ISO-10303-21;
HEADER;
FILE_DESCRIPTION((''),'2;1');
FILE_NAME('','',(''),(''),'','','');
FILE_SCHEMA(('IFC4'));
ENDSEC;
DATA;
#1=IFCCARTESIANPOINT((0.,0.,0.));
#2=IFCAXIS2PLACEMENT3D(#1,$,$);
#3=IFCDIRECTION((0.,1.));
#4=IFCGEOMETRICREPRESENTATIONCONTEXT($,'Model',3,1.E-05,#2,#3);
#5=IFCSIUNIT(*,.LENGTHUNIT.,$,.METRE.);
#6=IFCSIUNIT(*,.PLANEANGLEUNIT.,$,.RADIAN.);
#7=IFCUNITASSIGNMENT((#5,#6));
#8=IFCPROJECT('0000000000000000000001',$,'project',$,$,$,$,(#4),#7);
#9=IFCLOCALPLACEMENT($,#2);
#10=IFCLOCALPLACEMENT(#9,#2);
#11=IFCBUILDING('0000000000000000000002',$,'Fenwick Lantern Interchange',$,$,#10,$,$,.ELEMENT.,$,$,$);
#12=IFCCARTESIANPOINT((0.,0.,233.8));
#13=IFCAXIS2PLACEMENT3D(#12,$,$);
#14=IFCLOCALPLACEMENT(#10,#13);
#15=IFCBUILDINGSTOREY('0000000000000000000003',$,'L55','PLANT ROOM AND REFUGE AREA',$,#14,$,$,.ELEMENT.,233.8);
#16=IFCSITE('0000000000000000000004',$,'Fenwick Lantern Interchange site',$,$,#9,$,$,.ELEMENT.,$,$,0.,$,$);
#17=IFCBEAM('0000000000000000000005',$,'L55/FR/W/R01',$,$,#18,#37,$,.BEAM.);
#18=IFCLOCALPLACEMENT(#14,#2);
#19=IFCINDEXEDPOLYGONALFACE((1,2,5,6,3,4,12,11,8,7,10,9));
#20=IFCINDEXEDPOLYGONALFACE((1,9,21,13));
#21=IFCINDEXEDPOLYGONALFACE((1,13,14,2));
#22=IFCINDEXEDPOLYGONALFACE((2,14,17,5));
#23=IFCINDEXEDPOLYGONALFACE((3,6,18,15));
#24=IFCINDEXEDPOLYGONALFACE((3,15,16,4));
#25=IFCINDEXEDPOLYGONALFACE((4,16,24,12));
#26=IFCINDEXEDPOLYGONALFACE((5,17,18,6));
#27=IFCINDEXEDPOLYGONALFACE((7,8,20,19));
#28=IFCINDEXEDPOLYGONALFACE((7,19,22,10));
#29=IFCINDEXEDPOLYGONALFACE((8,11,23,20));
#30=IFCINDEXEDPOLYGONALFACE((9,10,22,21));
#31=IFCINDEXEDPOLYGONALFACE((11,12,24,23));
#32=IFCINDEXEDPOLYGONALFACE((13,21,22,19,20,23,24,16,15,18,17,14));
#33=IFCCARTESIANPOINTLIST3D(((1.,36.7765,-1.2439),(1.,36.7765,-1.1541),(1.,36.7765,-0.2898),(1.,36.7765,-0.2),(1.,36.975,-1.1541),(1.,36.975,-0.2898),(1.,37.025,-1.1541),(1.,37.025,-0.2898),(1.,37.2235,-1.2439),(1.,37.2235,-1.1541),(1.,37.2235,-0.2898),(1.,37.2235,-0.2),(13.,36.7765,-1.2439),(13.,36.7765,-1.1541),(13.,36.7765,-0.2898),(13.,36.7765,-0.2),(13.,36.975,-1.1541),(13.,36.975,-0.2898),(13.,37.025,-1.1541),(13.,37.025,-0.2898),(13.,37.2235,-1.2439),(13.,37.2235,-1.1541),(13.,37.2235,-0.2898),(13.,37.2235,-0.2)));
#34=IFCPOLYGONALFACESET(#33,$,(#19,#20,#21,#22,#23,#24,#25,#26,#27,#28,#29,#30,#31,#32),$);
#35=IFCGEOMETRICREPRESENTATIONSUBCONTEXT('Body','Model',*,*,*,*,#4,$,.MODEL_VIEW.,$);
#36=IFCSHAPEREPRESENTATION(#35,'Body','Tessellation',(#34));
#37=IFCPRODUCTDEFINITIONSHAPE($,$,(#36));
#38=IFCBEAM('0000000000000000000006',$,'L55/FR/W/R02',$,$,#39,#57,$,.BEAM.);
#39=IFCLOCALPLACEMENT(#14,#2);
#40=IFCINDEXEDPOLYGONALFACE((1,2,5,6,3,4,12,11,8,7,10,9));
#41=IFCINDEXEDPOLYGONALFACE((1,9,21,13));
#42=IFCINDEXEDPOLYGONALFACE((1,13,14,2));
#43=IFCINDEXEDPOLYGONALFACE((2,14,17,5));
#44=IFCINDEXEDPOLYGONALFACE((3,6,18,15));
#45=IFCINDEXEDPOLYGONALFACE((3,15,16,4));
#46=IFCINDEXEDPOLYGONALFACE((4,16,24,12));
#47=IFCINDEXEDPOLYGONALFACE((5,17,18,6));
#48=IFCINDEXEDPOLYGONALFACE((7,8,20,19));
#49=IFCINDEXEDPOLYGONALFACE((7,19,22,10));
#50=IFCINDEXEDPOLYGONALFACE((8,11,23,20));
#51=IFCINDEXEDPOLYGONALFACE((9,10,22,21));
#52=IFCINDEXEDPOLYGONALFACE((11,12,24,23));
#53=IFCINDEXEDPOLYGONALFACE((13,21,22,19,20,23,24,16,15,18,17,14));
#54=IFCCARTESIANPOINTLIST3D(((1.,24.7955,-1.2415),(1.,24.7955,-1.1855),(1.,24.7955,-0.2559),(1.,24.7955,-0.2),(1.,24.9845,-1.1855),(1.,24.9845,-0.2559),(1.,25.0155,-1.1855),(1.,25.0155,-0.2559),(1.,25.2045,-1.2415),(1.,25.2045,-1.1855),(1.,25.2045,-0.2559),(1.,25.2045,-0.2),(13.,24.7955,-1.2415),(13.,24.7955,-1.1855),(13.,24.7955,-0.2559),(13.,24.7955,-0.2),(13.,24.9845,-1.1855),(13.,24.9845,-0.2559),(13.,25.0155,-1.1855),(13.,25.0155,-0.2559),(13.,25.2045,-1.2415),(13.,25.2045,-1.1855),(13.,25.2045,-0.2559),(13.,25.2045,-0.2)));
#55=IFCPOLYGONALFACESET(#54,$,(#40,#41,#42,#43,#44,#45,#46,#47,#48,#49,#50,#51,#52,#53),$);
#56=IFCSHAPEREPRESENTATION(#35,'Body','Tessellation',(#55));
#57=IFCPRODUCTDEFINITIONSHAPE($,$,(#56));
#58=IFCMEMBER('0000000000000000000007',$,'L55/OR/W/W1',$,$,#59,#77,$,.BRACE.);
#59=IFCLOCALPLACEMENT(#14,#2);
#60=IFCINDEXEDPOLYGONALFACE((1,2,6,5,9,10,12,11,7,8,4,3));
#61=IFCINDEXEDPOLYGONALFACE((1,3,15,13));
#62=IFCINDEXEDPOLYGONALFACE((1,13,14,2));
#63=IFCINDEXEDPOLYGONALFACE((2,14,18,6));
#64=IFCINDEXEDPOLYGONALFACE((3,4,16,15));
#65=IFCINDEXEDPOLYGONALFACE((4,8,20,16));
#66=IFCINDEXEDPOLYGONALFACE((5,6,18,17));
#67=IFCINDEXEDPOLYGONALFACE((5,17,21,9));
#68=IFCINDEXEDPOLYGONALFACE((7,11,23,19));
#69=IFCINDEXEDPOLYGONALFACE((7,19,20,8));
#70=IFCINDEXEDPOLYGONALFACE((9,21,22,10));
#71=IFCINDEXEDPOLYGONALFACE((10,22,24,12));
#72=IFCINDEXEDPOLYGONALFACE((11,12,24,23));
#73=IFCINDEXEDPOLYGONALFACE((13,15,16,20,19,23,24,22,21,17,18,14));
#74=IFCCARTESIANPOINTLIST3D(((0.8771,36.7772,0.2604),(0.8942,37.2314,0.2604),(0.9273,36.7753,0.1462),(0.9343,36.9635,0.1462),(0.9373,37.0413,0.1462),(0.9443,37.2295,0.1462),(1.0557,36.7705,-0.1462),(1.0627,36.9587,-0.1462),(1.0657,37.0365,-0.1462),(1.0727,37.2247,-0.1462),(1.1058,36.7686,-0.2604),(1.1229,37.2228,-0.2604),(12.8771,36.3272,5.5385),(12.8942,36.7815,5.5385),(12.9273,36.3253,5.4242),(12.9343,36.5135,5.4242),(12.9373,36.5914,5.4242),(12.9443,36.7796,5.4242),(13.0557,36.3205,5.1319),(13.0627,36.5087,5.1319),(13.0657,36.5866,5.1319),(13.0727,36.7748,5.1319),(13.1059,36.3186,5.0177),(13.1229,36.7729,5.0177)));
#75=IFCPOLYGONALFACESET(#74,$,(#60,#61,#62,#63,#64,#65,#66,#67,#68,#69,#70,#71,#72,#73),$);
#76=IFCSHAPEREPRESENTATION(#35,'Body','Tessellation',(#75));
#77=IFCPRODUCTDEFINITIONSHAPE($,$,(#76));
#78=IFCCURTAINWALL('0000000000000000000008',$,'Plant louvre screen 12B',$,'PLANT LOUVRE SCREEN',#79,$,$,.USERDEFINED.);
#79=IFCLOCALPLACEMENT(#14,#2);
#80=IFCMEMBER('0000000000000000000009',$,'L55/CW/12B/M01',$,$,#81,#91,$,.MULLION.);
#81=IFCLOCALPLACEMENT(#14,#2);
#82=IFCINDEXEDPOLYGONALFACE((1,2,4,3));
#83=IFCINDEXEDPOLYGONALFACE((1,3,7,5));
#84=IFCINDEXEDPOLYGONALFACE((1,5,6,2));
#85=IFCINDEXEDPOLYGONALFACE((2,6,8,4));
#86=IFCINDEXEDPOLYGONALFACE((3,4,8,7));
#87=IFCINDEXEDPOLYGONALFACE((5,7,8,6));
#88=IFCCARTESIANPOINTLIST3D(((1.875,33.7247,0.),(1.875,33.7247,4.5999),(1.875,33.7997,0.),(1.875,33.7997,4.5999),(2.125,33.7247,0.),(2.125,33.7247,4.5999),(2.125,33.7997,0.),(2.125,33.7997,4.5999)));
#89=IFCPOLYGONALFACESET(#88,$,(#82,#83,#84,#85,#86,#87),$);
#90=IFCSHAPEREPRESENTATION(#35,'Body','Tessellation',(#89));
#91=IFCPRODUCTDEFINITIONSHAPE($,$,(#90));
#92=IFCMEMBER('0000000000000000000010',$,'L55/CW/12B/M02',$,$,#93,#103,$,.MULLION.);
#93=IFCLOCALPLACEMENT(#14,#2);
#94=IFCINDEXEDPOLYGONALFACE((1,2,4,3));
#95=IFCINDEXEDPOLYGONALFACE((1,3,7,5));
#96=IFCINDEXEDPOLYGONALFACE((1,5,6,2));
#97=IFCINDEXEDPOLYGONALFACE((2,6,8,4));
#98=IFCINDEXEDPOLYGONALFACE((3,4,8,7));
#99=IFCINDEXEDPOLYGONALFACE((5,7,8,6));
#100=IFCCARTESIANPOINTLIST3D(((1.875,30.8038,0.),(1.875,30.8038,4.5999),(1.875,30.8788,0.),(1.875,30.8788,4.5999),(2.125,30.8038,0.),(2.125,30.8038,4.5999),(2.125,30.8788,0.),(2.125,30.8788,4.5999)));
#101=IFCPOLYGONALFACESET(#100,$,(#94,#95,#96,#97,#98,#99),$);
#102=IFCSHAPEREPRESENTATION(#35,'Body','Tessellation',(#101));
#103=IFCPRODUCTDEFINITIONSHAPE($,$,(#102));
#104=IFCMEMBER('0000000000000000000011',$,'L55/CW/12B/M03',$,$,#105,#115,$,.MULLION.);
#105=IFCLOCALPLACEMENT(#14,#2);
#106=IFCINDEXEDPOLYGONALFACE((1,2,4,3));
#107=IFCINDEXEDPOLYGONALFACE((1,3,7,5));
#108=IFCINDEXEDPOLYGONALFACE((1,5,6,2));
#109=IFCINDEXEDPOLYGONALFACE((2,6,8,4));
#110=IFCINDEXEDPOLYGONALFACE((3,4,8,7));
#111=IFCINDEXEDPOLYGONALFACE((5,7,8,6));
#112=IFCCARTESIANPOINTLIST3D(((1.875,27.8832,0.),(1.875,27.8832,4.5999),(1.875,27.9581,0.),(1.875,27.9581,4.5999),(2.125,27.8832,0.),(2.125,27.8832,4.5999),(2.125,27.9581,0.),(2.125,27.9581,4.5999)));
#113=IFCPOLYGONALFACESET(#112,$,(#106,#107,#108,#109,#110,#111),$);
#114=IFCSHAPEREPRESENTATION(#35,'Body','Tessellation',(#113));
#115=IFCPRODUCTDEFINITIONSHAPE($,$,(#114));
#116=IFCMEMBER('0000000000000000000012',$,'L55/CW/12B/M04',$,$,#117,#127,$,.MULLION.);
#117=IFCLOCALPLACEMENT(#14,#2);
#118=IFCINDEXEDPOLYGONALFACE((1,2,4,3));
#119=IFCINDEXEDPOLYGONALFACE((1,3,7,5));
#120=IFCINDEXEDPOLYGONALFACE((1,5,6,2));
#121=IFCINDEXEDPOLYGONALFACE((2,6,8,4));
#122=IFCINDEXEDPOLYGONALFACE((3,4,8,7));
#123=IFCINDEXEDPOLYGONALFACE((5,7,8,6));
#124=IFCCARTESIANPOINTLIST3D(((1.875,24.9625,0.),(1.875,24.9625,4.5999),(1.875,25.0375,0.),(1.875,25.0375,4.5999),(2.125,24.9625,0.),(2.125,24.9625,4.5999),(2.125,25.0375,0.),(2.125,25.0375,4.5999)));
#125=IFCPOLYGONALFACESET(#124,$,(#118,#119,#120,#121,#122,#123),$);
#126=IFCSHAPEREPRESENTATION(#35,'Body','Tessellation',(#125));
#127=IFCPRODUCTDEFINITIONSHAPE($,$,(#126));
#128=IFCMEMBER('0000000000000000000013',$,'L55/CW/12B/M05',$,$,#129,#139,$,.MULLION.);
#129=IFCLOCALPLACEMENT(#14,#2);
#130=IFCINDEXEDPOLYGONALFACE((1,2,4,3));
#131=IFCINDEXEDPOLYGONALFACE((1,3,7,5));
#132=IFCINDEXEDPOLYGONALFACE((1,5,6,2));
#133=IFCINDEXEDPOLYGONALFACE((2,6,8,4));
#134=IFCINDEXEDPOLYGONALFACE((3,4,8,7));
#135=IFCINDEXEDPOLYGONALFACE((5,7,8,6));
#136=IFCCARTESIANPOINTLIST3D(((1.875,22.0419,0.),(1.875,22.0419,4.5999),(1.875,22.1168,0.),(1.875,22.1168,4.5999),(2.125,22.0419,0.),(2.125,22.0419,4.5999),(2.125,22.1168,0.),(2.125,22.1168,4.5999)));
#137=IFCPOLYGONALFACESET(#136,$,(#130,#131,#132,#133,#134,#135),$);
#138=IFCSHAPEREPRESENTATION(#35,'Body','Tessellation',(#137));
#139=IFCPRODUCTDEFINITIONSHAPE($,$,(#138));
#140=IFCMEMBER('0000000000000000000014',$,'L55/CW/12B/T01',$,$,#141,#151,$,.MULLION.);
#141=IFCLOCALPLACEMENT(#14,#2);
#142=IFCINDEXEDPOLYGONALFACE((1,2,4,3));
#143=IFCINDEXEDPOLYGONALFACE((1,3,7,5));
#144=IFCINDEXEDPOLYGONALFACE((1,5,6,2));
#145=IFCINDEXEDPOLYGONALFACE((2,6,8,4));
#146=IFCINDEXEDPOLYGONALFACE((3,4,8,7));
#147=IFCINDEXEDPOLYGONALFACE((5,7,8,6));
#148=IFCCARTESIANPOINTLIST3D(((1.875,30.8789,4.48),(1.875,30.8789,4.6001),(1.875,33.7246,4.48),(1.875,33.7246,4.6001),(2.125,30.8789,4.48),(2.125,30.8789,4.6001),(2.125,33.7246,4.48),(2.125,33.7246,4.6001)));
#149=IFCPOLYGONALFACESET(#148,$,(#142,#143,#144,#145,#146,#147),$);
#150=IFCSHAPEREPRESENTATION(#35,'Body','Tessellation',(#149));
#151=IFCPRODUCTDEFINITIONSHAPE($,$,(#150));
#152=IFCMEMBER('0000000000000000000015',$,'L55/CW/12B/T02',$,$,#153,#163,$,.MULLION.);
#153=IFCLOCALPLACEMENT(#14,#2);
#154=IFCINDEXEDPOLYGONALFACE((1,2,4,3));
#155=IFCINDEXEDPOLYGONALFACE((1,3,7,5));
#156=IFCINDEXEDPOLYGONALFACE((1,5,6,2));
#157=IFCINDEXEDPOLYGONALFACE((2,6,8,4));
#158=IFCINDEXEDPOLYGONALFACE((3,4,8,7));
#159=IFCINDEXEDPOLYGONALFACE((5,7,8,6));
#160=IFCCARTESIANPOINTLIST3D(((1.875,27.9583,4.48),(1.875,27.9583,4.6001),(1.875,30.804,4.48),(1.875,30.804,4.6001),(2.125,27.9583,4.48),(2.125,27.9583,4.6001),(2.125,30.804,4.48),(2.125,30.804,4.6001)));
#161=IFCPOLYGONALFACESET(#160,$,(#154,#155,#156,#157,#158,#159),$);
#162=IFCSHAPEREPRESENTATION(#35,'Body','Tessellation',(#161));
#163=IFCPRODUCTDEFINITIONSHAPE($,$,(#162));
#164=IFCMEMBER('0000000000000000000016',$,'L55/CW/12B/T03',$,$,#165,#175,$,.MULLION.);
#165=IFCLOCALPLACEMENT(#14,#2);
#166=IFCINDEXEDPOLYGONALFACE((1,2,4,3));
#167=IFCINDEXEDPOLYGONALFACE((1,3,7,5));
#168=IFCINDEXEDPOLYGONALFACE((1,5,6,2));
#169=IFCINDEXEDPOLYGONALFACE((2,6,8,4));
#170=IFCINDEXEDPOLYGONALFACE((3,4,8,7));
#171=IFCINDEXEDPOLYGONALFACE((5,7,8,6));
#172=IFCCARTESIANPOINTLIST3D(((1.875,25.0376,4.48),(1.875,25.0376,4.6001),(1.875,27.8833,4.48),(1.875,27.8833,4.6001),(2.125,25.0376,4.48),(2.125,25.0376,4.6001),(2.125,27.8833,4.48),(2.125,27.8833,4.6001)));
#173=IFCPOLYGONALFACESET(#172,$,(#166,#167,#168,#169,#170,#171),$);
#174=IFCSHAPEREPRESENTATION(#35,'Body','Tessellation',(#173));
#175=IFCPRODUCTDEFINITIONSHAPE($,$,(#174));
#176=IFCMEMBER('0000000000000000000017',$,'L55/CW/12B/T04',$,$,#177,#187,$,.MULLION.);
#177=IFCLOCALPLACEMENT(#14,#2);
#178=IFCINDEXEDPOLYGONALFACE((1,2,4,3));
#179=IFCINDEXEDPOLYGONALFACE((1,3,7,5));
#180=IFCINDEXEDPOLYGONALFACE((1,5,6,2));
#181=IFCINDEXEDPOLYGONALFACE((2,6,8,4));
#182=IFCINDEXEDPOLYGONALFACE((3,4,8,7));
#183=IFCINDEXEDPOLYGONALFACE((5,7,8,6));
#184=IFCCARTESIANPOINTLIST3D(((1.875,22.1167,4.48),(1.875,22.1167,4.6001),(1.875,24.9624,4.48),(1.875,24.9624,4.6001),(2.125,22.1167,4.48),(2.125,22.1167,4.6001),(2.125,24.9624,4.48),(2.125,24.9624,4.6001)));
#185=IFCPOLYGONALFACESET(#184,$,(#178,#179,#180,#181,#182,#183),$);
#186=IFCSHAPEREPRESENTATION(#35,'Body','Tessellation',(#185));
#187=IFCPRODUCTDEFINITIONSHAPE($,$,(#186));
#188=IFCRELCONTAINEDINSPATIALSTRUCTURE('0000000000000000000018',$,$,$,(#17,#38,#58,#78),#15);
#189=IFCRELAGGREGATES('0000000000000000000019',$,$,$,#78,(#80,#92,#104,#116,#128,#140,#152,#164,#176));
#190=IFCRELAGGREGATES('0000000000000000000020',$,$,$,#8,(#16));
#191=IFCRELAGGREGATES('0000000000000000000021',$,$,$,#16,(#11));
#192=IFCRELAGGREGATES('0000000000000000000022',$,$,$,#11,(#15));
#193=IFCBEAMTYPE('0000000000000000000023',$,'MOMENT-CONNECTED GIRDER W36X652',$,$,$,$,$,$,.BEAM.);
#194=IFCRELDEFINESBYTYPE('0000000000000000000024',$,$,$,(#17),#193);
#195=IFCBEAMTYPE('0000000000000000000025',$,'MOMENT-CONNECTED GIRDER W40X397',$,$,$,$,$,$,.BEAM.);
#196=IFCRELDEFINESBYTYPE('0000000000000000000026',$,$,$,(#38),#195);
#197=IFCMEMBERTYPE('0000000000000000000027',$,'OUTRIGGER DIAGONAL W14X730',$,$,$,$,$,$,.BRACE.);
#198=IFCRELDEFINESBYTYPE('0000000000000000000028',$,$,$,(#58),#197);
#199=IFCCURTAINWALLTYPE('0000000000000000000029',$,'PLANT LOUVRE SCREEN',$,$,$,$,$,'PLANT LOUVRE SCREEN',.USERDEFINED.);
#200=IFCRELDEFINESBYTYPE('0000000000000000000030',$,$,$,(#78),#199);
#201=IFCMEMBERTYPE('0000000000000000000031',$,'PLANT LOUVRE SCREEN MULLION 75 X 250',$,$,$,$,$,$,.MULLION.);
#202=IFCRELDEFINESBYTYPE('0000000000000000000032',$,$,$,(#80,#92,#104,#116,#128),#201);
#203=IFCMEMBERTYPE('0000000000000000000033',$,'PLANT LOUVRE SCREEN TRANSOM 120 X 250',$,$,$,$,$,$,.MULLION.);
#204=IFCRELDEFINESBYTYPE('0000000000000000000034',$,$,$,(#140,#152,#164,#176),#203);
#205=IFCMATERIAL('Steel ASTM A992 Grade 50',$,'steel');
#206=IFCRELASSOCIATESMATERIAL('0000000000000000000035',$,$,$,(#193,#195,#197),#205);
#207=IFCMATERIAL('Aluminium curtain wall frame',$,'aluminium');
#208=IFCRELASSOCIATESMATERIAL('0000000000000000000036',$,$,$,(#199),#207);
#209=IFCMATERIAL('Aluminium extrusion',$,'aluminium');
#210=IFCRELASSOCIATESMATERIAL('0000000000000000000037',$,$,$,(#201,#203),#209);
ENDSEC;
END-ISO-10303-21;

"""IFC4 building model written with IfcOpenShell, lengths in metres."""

from ifc_helpers import new_model, si_unit, direction, frame, origin, origin_2d, place, context, subcontext, project, spatial, rectangle, i_section, extrude, material, material_profile, profile_set, type_object, element, aggregate, save


model = new_model("IFC4")

# Units and contexts
model_context = context("Model", 3, precision=1e-05, world=origin(), true_north=direction((0.0, 1.0)))
body_context = subcontext(model_context, "Body", "Model", "MODEL_VIEW")
ifc_project = project(units=[si_unit("LENGTHUNIT", "METRE"), si_unit("PLANEANGLEUNIT", "RADIAN")], contexts=[model_context])

# Site, building, storey
site_placement = place(None, origin())
site = spatial("IfcSite", under=ifc_project, at=site_placement, Name="Fenwick Lantern Interchange site", CompositionType="ELEMENT", RefElevation=0.0)
building_placement = place(site_placement, origin())
building = spatial("IfcBuilding", under=site, at=building_placement, Name="Fenwick Lantern Interchange", CompositionType="ELEMENT")
storey_placement = place(building_placement, frame((0.0, 0.0, 233.8)))
storey = spatial("IfcBuildingStorey", under=building, at=storey_placement, Name="L55", Description="PLANT ROOM AND REFUGE AREA", CompositionType="ELEMENT", Elevation=233.8)

# Shared definitions
ifc_material_1 = material(Name="Steel ASTM A992 Grade 50", Category="steel")

# Beams
ifc_material_profile_1 = material_profile(ifc_material_1, i_section(OverallWidth=0.447, OverallDepth=1.0439, WebThickness=0.05, FlangeThickness=0.0898, at=origin_2d()), Name="W36X652")
ifc_profile_set_1 = profile_set([ifc_material_profile_1], Name="Steel ASTM A992 Grade 50")
beam_type_1 = type_object("IfcBeamType", Name="MOMENT-CONNECTED GIRDER W36X652", PredefinedType="BEAM", material=ifc_profile_set_1)
beam_1_placement = place(storey_placement, frame((1.0, 37.0, -0.7219), z_axis=(1.0, 0.0, 0.0), x_axis=(0.0, 1.0, 0.0)))
element("IfcBeam", 1, at=beam_1_placement, inside=storey, type_object=beam_type_1, Name="L55/FR/W/R01", PredefinedType="BEAM", context=body_context, shape_type="SweptSolid", body=[
    extrude(i_section(OverallWidth=0.447, OverallDepth=1.0439, WebThickness=0.05, FlangeThickness=0.0898, at=origin_2d()), origin(), (0.0, 0.0, 1.0), 12.0),
])
ifc_material_profile_2 = material_profile(ifc_material_1, i_section(OverallWidth=0.4089, OverallDepth=1.0415, WebThickness=0.031, FlangeThickness=0.0559, at=origin_2d()), Name="W40X397")
ifc_profile_set_2 = profile_set([ifc_material_profile_2], Name="Steel ASTM A992 Grade 50")
beam_type_2 = type_object("IfcBeamType", Name="MOMENT-CONNECTED GIRDER W40X397", PredefinedType="BEAM", material=ifc_profile_set_2)
beam_2_placement = place(storey_placement, frame((1.0, 25.0, -0.7207), z_axis=(1.0, 0.0, 0.0), x_axis=(0.0, 1.0, 0.0)))
element("IfcBeam", 2, at=beam_2_placement, inside=storey, type_object=beam_type_2, Name="L55/FR/W/R02", PredefinedType="BEAM", context=body_context, shape_type="SweptSolid", body=[
    extrude(i_section(OverallWidth=0.4089, OverallDepth=1.0415, WebThickness=0.031, FlangeThickness=0.0559, at=origin_2d()), origin(), (0.0, 0.0, 1.0), 12.0),
])

# Member
ifc_material_profile_3 = material_profile(ifc_material_1, i_section(OverallWidth=0.4546, OverallDepth=0.5688, WebThickness=0.0779, FlangeThickness=0.1248, at=origin_2d()), Name="W14X730")
ifc_profile_set_3 = profile_set([ifc_material_profile_3], Name="Steel ASTM A992 Grade 50")
member_type_1 = type_object("IfcMemberType", Name="OUTRIGGER DIAGONAL W14X730", PredefinedType="BRACE", material=ifc_profile_set_3)
member_1_placement = place(storey_placement, frame((1.0, 37.0, 0.0), z_axis=(0.91483, -0.034302, 0.402379), x_axis=(0.03747, 0.999298, 0.0)))
element("IfcMember", 3, at=member_1_placement, inside=storey, type_object=member_type_1, Name="L55/OR/W/W1", PredefinedType="BRACE", context=body_context, shape_type="SweptSolid", body=[
    extrude(i_section(OverallWidth=0.4546, OverallDepth=0.5688, WebThickness=0.0779, FlangeThickness=0.1248, at=origin_2d()), origin(), (0.0, 0.0, 1.0), 13.1172),
])

# Curtain wall, members
ifc_material_2 = material(Name="Aluminium curtain wall frame", Category="aluminium")
curtain_wall_type = type_object("IfcCurtainWallType", Name="PLANT LOUVRE SCREEN", ElementType="PLANT LOUVRE SCREEN", PredefinedType="USERDEFINED", material=ifc_material_2)
curtain_wall_placement = place(storey_placement, origin())
curtain_wall = element("IfcCurtainWall", 4, at=curtain_wall_placement, inside=storey, type_object=curtain_wall_type, Name="Plant louvre screen 12B", ObjectType="PLANT LOUVRE SCREEN", PredefinedType="USERDEFINED")
ifc_material_3 = material(Name="Aluminium extrusion", Category="aluminium")
ifc_material_profile_4 = material_profile(ifc_material_3, rectangle(XDim=0.25, YDim=0.075, at=origin_2d()), Name="PLANT LOUVRE SCREEN MULLION 75 X 250")
ifc_profile_set_4 = profile_set([ifc_material_profile_4], Name="Aluminium extrusion")
member_type_2 = type_object("IfcMemberType", Name="PLANT LOUVRE SCREEN MULLION 75 X 250", PredefinedType="MULLION", material=ifc_profile_set_4)
member_2_placement = place(storey_placement, frame((2.0, 33.7622, 0.0), z_axis=(0.0, 0.0, 1.0), x_axis=(1.0, 0.0, 0.0)))
member_2 = element("IfcMember", 5, at=member_2_placement, type_object=member_type_2, Name="L55/CW/12B/M01", PredefinedType="MULLION", context=body_context, shape_type="SweptSolid", body=[
    extrude(rectangle(XDim=0.25, YDim=0.075, at=origin_2d()), origin(), (0.0, 0.0, 1.0), 4.5999),
])
member_3_placement = place(storey_placement, frame((2.0, 30.8413, 0.0), z_axis=(0.0, 0.0, 1.0), x_axis=(1.0, 0.0, 0.0)))
member_3 = element("IfcMember", 6, at=member_3_placement, type_object=member_type_2, Name="L55/CW/12B/M02", PredefinedType="MULLION", context=body_context, shape_type="SweptSolid", body=[
    extrude(rectangle(XDim=0.25, YDim=0.075, at=origin_2d()), origin(), (0.0, 0.0, 1.0), 4.5999),
])
member_4_placement = place(storey_placement, frame((2.0, 27.9207, 0.0), z_axis=(0.0, 0.0, 1.0), x_axis=(1.0, 0.0, 0.0)))
member_4 = element("IfcMember", 7, at=member_4_placement, type_object=member_type_2, Name="L55/CW/12B/M03", PredefinedType="MULLION", context=body_context, shape_type="SweptSolid", body=[
    extrude(rectangle(XDim=0.25, YDim=0.075, at=origin_2d()), origin(), (0.0, 0.0, 1.0), 4.5999),
])
member_5_placement = place(storey_placement, frame((2.0, 25.0, 0.0), z_axis=(0.0, 0.0, 1.0), x_axis=(1.0, 0.0, 0.0)))
member_5 = element("IfcMember", 8, at=member_5_placement, type_object=member_type_2, Name="L55/CW/12B/M04", PredefinedType="MULLION", context=body_context, shape_type="SweptSolid", body=[
    extrude(rectangle(XDim=0.25, YDim=0.075, at=origin_2d()), origin(), (0.0, 0.0, 1.0), 4.5999),
])
member_6_placement = place(storey_placement, frame((2.0, 22.0793, 0.0), z_axis=(0.0, 0.0, 1.0), x_axis=(1.0, 0.0, 0.0)))
member_6 = element("IfcMember", 9, at=member_6_placement, type_object=member_type_2, Name="L55/CW/12B/M05", PredefinedType="MULLION", context=body_context, shape_type="SweptSolid", body=[
    extrude(rectangle(XDim=0.25, YDim=0.075, at=origin_2d()), origin(), (0.0, 0.0, 1.0), 4.5999),
])
ifc_material_profile_5 = material_profile(ifc_material_3, rectangle(XDim=0.25, YDim=0.1201, at=origin_2d()), Name="PLANT LOUVRE SCREEN TRANSOM 120 X 250")
ifc_profile_set_5 = profile_set([ifc_material_profile_5], Name="Aluminium extrusion")
member_type_3 = type_object("IfcMemberType", Name="PLANT LOUVRE SCREEN TRANSOM 120 X 250", PredefinedType="MULLION", material=ifc_profile_set_5)
member_7_placement = place(storey_placement, frame((2.0, 33.7246, 4.54), z_axis=(0.0, -1.0, 0.0), x_axis=(1.0, 0.0, 0.0)))
member_7 = element("IfcMember", 10, at=member_7_placement, type_object=member_type_3, Name="L55/CW/12B/T01", PredefinedType="MULLION", context=body_context, shape_type="SweptSolid", body=[
    extrude(rectangle(XDim=0.25, YDim=0.1201, at=origin_2d()), origin(), (0.0, 0.0, 1.0), 2.8457),
])
member_8_placement = place(storey_placement, frame((2.0, 30.804, 4.54), z_axis=(0.0, -1.0, 0.0), x_axis=(1.0, 0.0, 0.0)))
member_8 = element("IfcMember", 11, at=member_8_placement, type_object=member_type_3, Name="L55/CW/12B/T02", PredefinedType="MULLION", context=body_context, shape_type="SweptSolid", body=[
    extrude(rectangle(XDim=0.25, YDim=0.1201, at=origin_2d()), origin(), (0.0, 0.0, 1.0), 2.8457),
])
member_9_placement = place(storey_placement, frame((2.0, 27.8833, 4.54), z_axis=(0.0, -1.0, 0.0), x_axis=(1.0, 0.0, 0.0)))
member_9 = element("IfcMember", 12, at=member_9_placement, type_object=member_type_3, Name="L55/CW/12B/T03", PredefinedType="MULLION", context=body_context, shape_type="SweptSolid", body=[
    extrude(rectangle(XDim=0.25, YDim=0.1201, at=origin_2d()), origin(), (0.0, 0.0, 1.0), 2.8457),
])
member_10_placement = place(storey_placement, frame((2.0, 24.9624, 4.54), z_axis=(0.0, -1.0, 0.0), x_axis=(1.0, 0.0, 0.0)))
member_10 = element("IfcMember", 13, at=member_10_placement, type_object=member_type_3, Name="L55/CW/12B/T04", PredefinedType="MULLION", context=body_context, shape_type="SweptSolid", body=[
    extrude(rectangle(XDim=0.25, YDim=0.1201, at=origin_2d()), origin(), (0.0, 0.0, 1.0), 2.8457),
])

aggregate(curtain_wall, [member_2, member_3, member_4, member_5, member_6, member_7, member_8, member_9, member_10])

save(model, "model.ifc")
